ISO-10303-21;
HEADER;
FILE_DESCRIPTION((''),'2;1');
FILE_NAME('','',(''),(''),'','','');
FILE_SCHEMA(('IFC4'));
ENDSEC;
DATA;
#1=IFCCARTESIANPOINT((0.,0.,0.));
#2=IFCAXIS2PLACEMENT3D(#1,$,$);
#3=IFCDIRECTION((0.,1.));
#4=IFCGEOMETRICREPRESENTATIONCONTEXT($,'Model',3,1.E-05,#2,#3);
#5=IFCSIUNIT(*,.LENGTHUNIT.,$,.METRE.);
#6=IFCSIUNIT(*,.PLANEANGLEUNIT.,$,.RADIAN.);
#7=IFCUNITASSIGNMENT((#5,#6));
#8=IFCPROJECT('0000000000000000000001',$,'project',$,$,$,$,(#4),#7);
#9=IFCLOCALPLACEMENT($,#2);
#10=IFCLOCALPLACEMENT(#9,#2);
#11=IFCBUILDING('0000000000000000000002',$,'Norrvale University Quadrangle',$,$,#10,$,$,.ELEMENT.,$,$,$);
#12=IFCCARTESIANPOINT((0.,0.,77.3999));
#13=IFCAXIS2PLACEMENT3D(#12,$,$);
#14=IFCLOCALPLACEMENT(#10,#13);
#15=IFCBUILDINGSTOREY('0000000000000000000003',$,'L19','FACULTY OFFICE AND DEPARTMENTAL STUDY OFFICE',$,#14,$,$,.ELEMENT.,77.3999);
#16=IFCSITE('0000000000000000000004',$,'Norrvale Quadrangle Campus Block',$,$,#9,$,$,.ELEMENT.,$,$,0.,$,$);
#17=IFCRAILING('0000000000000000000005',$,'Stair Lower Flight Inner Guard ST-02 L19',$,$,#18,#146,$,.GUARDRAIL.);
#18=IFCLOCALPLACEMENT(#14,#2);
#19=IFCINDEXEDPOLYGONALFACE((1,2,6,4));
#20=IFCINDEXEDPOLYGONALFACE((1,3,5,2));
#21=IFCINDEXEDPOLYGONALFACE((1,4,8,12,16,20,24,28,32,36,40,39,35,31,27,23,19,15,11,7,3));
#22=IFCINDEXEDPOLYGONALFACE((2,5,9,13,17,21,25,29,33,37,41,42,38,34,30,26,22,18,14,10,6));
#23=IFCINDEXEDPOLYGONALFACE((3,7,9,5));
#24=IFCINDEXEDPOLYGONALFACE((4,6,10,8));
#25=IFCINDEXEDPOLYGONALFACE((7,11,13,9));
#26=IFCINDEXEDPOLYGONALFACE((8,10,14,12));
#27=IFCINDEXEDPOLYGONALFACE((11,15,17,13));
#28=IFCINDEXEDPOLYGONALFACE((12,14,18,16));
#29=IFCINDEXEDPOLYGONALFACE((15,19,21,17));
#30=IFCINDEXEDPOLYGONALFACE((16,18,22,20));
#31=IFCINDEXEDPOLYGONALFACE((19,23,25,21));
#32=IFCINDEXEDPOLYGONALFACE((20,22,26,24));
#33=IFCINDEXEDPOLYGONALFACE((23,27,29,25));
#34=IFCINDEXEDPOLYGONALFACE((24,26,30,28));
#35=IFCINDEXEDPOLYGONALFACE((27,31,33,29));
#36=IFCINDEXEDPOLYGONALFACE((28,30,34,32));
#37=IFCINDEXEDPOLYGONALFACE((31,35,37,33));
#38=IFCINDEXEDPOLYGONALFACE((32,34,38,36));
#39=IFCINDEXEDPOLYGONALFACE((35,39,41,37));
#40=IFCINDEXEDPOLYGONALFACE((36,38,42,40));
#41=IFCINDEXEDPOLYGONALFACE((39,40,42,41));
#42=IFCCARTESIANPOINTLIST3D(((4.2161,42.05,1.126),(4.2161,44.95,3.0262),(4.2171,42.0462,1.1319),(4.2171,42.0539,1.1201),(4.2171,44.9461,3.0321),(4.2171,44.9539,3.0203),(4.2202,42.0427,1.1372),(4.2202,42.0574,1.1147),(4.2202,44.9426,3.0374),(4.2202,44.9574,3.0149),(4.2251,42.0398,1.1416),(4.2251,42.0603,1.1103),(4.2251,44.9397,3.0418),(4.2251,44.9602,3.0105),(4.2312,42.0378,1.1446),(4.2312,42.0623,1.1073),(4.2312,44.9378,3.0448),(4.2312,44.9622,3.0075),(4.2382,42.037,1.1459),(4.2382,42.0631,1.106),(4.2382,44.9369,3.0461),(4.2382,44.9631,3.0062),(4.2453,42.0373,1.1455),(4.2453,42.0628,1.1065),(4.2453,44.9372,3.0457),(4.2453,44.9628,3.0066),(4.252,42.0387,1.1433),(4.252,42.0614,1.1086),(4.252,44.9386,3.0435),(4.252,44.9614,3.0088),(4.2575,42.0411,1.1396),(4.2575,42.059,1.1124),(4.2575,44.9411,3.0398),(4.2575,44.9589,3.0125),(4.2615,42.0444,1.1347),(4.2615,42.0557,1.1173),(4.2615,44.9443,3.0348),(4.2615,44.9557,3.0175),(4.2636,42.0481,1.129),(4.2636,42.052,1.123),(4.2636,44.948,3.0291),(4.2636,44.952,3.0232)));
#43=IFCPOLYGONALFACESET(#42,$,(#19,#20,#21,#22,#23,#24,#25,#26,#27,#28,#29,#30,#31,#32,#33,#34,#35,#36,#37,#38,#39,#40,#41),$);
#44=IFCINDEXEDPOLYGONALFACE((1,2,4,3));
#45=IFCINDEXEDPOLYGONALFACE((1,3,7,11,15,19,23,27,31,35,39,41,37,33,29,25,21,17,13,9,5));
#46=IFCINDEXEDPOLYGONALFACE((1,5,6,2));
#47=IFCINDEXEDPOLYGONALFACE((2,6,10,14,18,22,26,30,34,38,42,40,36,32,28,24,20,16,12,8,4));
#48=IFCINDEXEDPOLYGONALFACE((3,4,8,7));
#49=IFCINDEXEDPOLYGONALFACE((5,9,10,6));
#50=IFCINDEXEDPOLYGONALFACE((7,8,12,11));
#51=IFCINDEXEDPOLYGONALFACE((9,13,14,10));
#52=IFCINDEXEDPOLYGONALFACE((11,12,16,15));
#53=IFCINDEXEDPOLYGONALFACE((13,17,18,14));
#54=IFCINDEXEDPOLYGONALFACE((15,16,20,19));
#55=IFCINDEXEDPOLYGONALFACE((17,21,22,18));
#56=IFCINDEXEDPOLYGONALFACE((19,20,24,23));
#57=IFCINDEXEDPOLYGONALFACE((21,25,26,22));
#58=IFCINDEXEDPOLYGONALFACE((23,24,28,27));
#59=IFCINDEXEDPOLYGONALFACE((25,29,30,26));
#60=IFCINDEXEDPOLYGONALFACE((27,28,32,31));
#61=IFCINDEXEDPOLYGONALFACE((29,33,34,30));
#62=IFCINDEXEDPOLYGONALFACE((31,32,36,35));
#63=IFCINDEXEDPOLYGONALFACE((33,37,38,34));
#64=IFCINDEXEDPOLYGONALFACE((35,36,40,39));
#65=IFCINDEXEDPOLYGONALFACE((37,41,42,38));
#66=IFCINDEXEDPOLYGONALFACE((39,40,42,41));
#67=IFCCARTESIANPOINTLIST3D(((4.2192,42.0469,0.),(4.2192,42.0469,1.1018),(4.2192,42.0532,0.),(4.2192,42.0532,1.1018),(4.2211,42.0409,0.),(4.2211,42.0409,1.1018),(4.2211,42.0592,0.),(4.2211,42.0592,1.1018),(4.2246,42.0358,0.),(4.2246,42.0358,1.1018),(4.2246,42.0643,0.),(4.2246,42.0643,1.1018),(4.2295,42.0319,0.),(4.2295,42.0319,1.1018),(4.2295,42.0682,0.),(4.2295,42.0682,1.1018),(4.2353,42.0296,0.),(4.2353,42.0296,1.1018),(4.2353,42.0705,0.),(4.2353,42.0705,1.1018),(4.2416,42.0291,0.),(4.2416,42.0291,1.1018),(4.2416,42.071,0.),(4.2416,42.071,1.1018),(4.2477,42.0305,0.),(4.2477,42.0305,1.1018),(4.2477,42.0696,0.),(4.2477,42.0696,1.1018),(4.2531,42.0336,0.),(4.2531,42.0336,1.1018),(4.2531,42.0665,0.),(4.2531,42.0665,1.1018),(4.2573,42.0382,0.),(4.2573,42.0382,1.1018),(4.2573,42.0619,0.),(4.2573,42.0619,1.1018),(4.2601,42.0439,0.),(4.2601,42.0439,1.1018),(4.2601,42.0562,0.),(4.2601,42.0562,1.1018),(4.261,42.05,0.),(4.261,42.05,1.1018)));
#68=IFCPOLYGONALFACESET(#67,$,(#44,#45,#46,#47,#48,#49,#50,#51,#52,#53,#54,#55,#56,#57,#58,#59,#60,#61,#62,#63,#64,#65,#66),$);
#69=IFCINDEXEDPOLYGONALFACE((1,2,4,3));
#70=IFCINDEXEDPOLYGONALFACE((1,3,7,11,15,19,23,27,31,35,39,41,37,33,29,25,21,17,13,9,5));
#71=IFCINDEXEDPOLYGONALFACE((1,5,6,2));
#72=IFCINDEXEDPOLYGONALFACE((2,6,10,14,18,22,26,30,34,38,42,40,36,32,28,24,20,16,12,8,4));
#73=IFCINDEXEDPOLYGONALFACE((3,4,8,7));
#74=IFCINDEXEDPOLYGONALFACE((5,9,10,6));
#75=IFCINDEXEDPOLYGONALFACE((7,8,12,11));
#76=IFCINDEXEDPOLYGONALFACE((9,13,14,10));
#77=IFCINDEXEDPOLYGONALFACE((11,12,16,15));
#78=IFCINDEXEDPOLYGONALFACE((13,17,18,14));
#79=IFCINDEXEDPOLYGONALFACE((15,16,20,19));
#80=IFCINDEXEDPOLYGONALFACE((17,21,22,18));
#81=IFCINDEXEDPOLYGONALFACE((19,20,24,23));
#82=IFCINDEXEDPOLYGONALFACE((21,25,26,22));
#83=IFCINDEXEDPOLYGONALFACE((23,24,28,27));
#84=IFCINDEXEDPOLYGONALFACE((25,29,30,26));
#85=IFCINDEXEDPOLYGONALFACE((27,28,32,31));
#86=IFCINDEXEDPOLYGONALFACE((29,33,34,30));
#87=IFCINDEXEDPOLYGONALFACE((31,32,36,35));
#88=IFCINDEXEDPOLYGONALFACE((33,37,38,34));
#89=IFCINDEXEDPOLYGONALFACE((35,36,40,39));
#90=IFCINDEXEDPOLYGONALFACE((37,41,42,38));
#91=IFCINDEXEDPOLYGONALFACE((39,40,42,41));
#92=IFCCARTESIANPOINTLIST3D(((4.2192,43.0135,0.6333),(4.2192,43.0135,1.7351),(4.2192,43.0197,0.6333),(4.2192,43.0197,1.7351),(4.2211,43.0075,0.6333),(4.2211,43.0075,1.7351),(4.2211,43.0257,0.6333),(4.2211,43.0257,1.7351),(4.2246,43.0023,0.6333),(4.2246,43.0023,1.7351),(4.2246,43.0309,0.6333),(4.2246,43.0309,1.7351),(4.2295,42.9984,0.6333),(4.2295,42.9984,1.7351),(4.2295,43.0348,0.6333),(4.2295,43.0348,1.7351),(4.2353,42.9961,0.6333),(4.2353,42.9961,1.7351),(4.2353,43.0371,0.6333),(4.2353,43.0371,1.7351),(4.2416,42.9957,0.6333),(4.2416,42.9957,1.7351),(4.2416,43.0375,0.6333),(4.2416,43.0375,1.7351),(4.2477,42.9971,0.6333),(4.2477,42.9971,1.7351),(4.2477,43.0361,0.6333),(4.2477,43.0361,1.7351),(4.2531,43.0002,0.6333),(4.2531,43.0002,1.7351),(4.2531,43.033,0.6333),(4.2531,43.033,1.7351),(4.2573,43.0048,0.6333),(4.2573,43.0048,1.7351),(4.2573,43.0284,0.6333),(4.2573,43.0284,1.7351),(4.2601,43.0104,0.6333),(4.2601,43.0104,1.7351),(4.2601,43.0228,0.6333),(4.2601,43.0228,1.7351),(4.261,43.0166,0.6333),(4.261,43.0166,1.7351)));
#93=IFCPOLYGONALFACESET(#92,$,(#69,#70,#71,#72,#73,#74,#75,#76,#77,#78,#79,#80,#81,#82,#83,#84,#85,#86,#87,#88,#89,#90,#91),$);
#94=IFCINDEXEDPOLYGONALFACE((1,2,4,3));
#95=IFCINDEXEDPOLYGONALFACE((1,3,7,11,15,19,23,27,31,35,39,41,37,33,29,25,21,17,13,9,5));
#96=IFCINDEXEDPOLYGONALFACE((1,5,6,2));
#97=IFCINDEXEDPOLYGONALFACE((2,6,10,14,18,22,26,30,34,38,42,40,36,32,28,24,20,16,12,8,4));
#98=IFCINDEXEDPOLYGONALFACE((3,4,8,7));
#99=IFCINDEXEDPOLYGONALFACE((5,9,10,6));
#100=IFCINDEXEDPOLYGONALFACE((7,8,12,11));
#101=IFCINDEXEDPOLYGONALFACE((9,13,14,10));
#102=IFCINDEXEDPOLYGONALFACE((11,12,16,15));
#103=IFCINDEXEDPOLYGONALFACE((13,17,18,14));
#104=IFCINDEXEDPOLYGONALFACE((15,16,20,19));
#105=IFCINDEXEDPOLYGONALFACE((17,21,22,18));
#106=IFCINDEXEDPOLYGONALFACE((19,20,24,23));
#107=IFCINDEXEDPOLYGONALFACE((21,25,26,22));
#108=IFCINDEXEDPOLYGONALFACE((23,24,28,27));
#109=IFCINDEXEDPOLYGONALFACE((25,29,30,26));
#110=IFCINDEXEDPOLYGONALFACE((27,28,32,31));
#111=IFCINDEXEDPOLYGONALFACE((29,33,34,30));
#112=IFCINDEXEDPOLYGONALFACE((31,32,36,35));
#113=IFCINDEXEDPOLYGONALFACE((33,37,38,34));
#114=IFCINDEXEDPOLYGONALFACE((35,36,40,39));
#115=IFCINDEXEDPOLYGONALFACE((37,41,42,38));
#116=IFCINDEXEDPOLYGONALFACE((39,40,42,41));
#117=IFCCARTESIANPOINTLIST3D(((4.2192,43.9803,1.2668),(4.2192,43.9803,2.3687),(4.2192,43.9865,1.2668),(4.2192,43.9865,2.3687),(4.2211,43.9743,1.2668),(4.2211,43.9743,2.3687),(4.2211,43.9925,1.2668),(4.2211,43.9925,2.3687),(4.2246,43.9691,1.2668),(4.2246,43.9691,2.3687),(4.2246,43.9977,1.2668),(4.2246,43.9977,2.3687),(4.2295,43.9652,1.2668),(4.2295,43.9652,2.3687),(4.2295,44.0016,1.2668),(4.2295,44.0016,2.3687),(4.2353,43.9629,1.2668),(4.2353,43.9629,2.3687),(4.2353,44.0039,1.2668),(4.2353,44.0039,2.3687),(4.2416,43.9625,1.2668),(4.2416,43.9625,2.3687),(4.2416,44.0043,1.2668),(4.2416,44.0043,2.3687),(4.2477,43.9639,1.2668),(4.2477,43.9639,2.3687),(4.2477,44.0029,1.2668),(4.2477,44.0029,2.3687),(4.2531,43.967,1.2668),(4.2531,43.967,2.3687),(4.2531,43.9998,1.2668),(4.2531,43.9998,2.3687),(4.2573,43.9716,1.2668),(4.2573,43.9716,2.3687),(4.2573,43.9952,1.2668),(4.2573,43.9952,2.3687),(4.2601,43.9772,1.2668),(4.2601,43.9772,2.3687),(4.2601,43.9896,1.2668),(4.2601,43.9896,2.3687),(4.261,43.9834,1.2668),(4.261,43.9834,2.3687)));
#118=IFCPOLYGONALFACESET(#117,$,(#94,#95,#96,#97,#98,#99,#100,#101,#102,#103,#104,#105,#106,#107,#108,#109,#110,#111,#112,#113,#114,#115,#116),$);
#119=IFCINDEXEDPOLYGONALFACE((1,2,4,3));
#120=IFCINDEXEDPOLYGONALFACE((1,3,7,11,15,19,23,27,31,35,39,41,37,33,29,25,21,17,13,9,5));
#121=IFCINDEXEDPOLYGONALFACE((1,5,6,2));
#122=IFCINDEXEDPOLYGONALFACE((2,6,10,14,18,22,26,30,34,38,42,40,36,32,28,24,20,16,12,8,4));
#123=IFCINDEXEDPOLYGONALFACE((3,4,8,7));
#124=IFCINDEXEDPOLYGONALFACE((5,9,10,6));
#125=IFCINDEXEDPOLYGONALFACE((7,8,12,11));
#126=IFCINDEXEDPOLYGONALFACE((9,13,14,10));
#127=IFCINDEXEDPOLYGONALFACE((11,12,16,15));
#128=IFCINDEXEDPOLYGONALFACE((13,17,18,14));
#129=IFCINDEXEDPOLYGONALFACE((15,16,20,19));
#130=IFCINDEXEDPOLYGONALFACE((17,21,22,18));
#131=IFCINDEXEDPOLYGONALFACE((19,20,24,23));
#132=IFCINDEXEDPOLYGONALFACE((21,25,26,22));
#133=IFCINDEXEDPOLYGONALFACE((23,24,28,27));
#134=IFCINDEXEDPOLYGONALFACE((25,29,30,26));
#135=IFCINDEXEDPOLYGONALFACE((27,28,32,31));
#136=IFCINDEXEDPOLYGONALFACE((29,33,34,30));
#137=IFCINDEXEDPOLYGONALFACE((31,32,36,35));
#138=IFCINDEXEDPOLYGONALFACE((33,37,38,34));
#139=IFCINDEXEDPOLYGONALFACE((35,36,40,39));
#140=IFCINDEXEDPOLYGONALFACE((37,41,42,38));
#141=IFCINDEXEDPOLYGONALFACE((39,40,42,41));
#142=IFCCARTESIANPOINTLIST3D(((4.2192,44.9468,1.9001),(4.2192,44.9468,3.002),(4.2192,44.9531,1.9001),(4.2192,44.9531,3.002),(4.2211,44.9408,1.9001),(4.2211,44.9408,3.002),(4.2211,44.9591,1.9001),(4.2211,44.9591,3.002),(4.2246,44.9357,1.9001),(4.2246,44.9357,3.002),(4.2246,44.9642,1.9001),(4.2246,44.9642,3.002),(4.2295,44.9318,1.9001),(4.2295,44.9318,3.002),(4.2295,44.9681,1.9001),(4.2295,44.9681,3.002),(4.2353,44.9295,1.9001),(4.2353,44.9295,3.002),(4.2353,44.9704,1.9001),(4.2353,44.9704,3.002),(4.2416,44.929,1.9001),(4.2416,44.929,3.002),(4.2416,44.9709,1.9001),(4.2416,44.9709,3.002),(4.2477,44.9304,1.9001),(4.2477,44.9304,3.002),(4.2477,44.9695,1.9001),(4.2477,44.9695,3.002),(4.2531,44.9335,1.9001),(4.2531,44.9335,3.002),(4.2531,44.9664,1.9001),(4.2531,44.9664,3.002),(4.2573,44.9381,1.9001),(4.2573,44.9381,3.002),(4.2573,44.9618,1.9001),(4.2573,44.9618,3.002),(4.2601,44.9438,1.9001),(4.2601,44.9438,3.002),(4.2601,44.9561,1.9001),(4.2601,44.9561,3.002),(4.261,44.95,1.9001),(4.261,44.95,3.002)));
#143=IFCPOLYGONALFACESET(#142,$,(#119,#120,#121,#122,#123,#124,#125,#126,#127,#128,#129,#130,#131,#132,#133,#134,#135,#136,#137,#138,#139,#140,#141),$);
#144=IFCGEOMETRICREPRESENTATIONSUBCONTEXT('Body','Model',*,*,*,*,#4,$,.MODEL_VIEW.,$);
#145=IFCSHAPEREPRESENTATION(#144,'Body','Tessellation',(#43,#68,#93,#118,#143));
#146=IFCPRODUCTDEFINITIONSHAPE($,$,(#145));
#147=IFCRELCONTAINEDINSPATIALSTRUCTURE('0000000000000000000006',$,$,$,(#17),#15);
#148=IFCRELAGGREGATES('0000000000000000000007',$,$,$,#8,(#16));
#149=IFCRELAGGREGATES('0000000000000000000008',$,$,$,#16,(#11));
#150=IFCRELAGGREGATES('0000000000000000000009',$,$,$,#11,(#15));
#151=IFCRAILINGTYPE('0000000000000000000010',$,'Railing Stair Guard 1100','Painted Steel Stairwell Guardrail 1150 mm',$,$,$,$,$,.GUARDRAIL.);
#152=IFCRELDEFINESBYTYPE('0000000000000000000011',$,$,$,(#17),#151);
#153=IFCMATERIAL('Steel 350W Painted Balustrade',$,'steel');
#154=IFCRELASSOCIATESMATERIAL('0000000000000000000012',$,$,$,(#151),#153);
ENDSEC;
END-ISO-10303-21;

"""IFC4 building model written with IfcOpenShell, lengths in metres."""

from ifc_helpers import new_model, si_unit, direction, frame, origin, origin_2d, place, context, subcontext, project, spatial, circle, extrude, material, type_object, element, save


model = new_model("IFC4")

# Units and contexts
model_context = context("Model", 3, precision=1e-05, world=origin(), true_north=direction((0.0, 1.0)))
body_context = subcontext(model_context, "Body", "Model", "MODEL_VIEW")
ifc_project = project(units=[si_unit("LENGTHUNIT", "METRE"), si_unit("PLANEANGLEUNIT", "RADIAN")], contexts=[model_context])

# Site, building, storey
site_placement = place(None, origin())
site = spatial("IfcSite", under=ifc_project, at=site_placement, Name="Norrvale Quadrangle Campus Block", CompositionType="ELEMENT", RefElevation=0.0)
building_placement = place(site_placement, origin())
building = spatial("IfcBuilding", under=site, at=building_placement, Name="Norrvale University Quadrangle", CompositionType="ELEMENT")
storey_placement = place(building_placement, frame((0.0, 0.0, 77.3999)))
storey = spatial("IfcBuildingStorey", under=building, at=storey_placement, Name="L19", Description="FACULTY OFFICE AND DEPARTMENTAL STUDY OFFICE", CompositionType="ELEMENT", Elevation=77.3999)

# Railing
ifc_material_1 = material(Name="Steel 350W Painted Balustrade", Category="steel")
railing_type_1 = type_object("IfcRailingType", Name="Railing Stair Guard 1100", Description="Painted Steel Stairwell Guardrail 1150 mm", PredefinedType="GUARDRAIL", material=ifc_material_1)
railing_1_placement = place(storey_placement, frame((4.24, 42.05, 0.0)))
element("IfcRailing", 1, at=railing_1_placement, inside=storey, type_object=railing_type_1, Name="Stair Lower Flight Inner Guard ST-02 L19", PredefinedType="GUARDRAIL", context=body_context, shape_type="SweptSolid", body=[
    extrude(circle(Radius=0.0239, at=origin_2d()), frame((0.0, 0.0, 1.126), z_axis=(0.0, 0.836433, 0.548069), x_axis=(-1.0, 0.0, 0.0)), (0.0, 0.0, 1.0), 3.467),
    extrude(circle(Radius=0.021, at=origin_2d()), origin(), (0.0, 0.0, 1.0), 1.1018),
    extrude(circle(Radius=0.021, at=origin_2d()), frame((0.0, 0.9666, 0.6333)), (0.0, 0.0, 1.0), 1.1018),
    extrude(circle(Radius=0.021, at=origin_2d()), frame((0.0, 1.9333, 1.2668)), (0.0, 0.0, 1.0), 1.1018),
    extrude(circle(Radius=0.021, at=origin_2d()), frame((0.0, 2.8999, 1.9001)), (0.0, 0.0, 1.0), 1.1018),
])

save(model, "model.ifc")
